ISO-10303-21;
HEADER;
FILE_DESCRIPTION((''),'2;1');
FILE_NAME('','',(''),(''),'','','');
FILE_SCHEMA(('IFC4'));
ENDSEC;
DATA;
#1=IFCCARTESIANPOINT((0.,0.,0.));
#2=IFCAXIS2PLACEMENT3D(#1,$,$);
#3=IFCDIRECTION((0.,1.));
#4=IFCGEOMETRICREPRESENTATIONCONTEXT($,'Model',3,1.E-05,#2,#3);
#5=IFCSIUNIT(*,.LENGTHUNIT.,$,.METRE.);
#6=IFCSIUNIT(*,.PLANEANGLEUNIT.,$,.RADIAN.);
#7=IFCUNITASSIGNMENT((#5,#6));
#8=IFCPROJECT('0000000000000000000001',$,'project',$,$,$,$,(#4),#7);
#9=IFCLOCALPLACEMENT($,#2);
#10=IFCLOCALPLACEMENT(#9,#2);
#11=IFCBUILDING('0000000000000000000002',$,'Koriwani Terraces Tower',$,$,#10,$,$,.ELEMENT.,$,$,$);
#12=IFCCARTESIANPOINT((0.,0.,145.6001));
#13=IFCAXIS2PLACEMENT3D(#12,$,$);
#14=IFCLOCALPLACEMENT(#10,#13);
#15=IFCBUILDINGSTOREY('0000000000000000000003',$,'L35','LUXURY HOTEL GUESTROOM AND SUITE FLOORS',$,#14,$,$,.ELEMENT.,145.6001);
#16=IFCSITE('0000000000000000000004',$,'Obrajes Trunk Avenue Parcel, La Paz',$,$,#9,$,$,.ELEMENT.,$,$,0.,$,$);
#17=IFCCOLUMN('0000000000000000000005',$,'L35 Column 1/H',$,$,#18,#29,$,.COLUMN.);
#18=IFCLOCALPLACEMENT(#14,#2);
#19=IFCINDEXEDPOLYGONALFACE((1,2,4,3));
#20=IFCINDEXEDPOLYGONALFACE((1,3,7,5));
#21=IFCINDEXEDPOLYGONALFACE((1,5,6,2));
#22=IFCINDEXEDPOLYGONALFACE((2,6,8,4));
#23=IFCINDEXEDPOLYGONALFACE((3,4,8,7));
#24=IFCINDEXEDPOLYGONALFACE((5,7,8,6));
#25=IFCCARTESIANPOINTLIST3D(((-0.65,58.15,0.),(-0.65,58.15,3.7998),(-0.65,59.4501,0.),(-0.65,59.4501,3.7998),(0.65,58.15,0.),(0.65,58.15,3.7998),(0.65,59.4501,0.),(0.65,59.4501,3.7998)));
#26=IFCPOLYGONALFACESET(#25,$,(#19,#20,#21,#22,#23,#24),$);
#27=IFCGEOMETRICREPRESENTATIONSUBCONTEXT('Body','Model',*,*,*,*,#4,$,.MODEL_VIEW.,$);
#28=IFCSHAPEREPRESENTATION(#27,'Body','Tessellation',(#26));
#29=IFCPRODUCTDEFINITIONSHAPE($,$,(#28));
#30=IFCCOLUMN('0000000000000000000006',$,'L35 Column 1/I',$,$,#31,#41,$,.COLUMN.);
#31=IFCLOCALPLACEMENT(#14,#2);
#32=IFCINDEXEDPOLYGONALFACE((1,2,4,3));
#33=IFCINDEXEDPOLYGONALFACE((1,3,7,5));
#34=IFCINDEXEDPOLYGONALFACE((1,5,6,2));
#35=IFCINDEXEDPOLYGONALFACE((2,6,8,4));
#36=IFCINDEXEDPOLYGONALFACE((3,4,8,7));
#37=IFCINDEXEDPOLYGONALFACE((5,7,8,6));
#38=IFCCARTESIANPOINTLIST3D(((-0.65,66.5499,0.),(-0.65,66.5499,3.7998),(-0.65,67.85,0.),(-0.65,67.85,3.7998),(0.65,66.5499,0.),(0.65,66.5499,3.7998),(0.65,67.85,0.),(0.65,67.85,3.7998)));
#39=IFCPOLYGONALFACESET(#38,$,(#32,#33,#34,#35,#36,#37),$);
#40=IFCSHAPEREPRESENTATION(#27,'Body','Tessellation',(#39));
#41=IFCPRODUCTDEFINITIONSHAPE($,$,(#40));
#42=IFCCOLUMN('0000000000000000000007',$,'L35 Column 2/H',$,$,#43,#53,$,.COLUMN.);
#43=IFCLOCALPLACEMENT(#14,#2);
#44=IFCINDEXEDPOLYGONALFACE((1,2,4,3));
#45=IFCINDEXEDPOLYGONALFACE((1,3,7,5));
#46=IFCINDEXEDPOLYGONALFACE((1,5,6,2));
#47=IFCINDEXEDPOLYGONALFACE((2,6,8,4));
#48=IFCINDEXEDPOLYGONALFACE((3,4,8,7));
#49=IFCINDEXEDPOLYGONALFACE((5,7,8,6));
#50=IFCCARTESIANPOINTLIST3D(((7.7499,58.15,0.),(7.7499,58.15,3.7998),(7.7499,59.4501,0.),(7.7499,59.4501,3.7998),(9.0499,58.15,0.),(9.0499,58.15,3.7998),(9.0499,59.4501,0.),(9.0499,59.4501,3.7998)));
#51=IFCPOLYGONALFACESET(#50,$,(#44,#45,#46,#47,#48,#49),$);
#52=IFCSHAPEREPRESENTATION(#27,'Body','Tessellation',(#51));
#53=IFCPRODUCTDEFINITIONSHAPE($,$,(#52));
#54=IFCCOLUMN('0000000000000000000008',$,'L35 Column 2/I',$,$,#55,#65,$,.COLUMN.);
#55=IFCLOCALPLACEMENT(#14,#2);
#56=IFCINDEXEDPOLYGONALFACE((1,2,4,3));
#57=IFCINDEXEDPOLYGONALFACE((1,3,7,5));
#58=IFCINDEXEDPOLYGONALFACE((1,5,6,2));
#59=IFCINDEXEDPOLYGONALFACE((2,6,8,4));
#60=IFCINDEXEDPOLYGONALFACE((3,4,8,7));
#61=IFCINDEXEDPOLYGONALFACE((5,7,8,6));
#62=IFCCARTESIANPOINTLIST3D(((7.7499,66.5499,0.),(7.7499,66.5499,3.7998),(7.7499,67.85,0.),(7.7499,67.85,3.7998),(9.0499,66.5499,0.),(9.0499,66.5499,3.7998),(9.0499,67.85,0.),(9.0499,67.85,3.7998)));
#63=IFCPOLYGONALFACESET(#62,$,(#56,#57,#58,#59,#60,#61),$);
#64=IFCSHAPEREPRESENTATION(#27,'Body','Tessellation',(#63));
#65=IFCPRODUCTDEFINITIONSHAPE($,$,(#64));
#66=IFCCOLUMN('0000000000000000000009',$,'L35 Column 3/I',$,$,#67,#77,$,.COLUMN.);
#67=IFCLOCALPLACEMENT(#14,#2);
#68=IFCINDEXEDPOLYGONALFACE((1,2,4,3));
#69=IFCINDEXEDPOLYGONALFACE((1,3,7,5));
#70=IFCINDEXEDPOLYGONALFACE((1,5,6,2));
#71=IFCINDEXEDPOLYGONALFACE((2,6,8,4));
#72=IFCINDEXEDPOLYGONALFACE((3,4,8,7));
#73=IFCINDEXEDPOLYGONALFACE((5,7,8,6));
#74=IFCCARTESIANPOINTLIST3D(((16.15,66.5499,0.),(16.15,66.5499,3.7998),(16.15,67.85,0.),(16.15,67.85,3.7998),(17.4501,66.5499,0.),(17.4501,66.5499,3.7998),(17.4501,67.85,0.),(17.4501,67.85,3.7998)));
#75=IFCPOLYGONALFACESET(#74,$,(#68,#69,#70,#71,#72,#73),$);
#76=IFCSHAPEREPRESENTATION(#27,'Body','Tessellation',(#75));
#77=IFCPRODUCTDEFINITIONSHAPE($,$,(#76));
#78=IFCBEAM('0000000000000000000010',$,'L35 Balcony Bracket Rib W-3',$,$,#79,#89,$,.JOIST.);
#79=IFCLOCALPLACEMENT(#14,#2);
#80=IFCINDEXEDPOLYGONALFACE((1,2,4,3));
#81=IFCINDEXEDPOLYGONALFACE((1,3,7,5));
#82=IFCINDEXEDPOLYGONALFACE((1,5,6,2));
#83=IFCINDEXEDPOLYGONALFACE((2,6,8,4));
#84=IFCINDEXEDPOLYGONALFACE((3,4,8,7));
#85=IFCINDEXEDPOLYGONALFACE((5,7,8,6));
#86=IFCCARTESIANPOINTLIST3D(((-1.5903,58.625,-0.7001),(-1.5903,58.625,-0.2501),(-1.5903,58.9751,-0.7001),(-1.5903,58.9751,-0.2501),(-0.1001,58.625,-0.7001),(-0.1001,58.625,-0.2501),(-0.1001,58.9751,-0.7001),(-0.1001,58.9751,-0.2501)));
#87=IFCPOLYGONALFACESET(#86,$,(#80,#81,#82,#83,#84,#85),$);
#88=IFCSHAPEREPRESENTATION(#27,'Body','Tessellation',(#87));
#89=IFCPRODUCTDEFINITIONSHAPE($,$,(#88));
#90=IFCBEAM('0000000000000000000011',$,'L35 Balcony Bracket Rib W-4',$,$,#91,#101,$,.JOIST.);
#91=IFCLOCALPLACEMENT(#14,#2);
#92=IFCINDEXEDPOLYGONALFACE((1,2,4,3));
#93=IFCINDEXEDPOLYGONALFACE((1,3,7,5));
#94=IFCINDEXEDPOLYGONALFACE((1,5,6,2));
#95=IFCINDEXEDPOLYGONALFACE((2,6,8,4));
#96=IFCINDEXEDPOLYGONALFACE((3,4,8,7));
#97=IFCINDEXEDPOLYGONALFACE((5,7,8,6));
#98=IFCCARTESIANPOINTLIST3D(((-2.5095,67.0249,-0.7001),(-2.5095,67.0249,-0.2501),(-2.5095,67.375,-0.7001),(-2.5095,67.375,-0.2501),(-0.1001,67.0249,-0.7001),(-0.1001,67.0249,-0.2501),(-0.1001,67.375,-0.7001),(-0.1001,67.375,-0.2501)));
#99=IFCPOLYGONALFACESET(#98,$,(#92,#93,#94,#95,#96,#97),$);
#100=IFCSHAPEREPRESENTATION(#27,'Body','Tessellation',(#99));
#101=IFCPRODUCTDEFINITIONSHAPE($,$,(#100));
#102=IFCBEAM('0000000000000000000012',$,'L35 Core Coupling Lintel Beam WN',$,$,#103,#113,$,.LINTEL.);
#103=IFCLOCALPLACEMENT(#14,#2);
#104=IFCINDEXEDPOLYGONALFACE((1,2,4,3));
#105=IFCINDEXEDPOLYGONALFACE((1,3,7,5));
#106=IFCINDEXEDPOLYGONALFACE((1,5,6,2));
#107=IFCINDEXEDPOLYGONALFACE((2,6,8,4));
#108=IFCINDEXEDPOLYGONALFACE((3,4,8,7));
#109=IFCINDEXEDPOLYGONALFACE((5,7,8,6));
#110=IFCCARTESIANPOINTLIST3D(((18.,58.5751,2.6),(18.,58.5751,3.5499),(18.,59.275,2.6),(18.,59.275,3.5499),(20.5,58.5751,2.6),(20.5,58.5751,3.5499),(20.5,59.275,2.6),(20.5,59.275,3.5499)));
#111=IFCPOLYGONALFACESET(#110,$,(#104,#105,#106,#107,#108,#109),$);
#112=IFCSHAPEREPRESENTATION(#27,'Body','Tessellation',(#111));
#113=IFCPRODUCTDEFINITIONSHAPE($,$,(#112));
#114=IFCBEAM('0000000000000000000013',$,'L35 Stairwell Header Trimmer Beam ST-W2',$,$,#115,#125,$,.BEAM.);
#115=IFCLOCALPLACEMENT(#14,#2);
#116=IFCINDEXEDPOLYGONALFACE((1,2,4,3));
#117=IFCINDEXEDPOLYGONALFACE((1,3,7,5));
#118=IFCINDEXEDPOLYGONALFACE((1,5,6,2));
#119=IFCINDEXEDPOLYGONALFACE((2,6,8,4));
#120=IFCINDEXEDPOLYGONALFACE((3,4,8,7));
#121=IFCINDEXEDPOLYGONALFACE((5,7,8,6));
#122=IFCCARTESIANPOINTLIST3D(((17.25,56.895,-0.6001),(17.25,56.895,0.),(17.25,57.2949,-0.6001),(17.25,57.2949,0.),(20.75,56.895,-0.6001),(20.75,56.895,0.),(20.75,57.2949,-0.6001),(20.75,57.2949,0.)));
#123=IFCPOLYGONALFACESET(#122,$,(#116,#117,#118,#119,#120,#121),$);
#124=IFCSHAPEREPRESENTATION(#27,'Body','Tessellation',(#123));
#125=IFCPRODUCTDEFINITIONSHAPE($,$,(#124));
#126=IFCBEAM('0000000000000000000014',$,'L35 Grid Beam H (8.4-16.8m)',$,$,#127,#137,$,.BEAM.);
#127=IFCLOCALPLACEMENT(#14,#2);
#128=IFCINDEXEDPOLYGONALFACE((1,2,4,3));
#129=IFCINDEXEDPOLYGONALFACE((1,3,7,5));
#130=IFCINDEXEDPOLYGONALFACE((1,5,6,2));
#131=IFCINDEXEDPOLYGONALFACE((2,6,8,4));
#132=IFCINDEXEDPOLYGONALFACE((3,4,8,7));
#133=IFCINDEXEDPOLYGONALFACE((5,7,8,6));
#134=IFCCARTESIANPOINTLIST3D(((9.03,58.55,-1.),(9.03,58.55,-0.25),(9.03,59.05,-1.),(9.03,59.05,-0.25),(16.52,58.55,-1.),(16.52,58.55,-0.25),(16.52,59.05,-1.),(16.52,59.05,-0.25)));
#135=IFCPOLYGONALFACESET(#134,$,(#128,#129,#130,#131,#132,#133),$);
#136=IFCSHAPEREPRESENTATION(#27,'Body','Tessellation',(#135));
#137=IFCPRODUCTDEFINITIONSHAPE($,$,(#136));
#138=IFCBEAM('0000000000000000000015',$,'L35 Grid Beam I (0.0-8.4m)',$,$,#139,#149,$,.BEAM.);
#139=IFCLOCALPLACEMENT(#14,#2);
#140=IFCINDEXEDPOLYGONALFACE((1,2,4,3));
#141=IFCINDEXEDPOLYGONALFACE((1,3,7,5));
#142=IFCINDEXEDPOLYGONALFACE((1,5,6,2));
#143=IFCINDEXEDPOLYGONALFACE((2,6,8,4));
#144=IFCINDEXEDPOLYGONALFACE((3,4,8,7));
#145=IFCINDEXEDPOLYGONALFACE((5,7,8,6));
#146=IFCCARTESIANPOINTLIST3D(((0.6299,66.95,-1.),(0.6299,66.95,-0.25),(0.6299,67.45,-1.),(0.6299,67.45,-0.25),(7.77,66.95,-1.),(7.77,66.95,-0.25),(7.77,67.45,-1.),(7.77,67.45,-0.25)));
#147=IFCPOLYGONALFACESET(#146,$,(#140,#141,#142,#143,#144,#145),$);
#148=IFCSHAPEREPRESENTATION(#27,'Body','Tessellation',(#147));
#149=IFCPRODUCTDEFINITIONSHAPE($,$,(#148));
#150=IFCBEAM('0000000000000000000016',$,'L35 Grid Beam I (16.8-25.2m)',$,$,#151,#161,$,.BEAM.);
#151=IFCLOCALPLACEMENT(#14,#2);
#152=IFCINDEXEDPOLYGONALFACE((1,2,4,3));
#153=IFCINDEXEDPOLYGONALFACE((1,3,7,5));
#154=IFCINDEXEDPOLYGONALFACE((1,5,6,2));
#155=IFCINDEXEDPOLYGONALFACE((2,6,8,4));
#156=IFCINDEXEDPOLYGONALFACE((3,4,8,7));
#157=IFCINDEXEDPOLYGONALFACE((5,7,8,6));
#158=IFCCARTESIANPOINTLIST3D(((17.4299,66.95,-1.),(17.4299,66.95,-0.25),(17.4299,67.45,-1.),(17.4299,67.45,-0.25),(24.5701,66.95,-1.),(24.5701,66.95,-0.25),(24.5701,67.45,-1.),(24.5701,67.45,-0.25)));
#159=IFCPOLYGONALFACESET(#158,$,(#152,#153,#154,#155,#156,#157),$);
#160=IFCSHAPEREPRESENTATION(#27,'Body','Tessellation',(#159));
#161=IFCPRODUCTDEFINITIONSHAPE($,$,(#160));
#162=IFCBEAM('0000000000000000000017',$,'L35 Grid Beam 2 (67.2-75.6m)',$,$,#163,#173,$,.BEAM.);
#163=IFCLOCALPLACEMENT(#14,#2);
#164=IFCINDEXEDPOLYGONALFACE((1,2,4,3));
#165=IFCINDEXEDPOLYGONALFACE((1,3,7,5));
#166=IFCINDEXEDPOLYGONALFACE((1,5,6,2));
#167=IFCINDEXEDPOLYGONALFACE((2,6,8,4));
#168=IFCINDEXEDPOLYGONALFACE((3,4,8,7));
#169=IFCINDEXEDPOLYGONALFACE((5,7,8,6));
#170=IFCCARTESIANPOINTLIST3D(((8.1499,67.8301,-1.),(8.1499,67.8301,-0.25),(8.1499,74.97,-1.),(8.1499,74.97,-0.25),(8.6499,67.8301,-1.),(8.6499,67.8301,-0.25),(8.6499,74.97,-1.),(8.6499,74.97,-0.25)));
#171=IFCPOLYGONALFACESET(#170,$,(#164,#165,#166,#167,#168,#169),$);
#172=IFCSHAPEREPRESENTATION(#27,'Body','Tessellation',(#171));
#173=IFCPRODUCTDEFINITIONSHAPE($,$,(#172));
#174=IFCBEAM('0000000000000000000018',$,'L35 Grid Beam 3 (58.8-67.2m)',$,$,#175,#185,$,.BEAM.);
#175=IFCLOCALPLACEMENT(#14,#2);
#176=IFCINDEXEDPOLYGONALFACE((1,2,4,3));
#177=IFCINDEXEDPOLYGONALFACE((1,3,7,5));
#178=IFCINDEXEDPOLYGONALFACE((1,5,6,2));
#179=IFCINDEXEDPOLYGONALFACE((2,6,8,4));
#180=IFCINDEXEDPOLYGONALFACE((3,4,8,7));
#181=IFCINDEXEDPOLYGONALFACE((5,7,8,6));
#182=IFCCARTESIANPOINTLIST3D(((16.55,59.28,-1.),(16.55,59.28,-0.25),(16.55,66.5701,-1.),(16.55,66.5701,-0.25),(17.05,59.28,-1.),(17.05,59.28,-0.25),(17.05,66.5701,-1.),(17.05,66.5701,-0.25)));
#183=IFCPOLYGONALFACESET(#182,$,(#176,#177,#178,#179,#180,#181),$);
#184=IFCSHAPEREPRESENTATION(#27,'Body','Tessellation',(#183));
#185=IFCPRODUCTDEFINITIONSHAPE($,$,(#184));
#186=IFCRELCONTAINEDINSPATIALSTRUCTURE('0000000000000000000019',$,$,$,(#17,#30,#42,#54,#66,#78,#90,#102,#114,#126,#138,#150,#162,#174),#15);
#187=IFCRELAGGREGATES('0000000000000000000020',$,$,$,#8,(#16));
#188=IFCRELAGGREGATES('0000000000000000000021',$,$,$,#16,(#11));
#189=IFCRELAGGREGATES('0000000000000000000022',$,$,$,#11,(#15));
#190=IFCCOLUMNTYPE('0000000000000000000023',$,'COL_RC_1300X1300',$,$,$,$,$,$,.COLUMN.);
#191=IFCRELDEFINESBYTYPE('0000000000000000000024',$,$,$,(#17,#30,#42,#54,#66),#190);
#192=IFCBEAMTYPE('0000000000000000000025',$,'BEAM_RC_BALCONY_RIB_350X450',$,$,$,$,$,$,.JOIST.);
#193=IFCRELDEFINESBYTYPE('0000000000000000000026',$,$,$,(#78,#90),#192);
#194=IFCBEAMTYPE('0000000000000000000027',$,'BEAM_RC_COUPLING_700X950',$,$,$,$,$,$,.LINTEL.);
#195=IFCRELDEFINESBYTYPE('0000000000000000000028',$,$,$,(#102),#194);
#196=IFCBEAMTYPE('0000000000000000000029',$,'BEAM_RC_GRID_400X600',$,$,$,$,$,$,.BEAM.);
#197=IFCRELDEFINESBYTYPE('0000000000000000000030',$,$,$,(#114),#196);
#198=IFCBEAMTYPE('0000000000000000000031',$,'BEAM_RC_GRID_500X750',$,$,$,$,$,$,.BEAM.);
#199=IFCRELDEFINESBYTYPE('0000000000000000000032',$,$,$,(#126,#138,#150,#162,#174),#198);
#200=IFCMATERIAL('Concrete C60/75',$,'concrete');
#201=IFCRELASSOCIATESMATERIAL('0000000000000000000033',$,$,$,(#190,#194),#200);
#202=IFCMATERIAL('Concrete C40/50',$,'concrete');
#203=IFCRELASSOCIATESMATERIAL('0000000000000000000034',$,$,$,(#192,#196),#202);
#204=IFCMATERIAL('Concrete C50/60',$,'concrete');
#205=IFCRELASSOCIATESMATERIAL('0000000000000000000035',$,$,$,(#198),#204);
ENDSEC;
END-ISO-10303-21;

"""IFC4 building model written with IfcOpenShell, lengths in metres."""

from ifc_helpers import new_model, si_unit, direction, frame, origin, origin_2d, place, context, subcontext, project, spatial, rectangle, extrude, material, material_profile, profile_set, type_object, element, save


model = new_model("IFC4")

# Units and contexts
model_context = context("Model", 3, precision=1e-05, world=origin(), true_north=direction((0.0, 1.0)))
body_context = subcontext(model_context, "Body", "Model", "MODEL_VIEW")
ifc_project = project(units=[si_unit("LENGTHUNIT", "METRE"), si_unit("PLANEANGLEUNIT", "RADIAN")], contexts=[model_context])

# Site, building, storey
site_placement = place(None, origin())
site = spatial("IfcSite", under=ifc_project, at=site_placement, Name="Obrajes Trunk Avenue Parcel, La Paz", CompositionType="ELEMENT", RefElevation=0.0)
building_placement = place(site_placement, origin())
building = spatial("IfcBuilding", under=site, at=building_placement, Name="Koriwani Terraces Tower", CompositionType="ELEMENT")
storey_placement = place(building_placement, frame((0.0, 0.0, 145.6001)))
storey = spatial("IfcBuildingStorey", under=building, at=storey_placement, Name="L35", Description="LUXURY HOTEL GUESTROOM AND SUITE FLOORS", CompositionType="ELEMENT", Elevation=145.6001)

# Columns
ifc_material_1 = material(Name="Concrete C60/75", Category="concrete")
ifc_material_profile_1 = material_profile(ifc_material_1, rectangle(XDim=1.3, YDim=1.3, at=origin_2d()), Name="Concrete C60/75", Category="LoadBearing")
ifc_profile_set_1 = profile_set([ifc_material_profile_1], Name="Concrete C60/75")
column_type = type_object("IfcColumnType", Name="COL_RC_1300X1300", PredefinedType="COLUMN", material=ifc_profile_set_1)
for number, where, z_axis, x_axis, name in (
    (1, (0.0, 58.8, 0.0), (0.0, 0.0, 1.0), (1.0, 0.0, 0.0), "L35 Column 1/H"),
    (2, (0.0, 67.2, 0.0), (0.0, 0.0, 1.0), (1.0, 0.0, 0.0), "L35 Column 1/I"),
    (3, (8.3999, 58.8, 0.0), (0.0, 0.0, 1.0), (1.0, 0.0, 0.0), "L35 Column 2/H"),
    (4, (8.3999, 67.2, 0.0), (0.0, 0.0, 1.0), (1.0, 0.0, 0.0), "L35 Column 2/I"),
    (5, (16.8, 67.2, 0.0), (0.0, 0.0, 1.0), (1.0, 0.0, 0.0), "L35 Column 3/I"),
):
    element("IfcColumn", number, at=place(storey_placement, frame(where, z_axis=z_axis, x_axis=x_axis)), inside=storey, type_object=column_type, Name=name, PredefinedType="COLUMN", context=body_context, shape_type="SweptSolid", body=[
        extrude(rectangle(XDim=1.3, YDim=1.3, at=origin_2d()), origin(), (0.0, 0.0, 1.0), 3.7998),
    ])

# Beams
ifc_material_2 = material(Name="Concrete C40/50", Category="concrete")
ifc_material_profile_2 = material_profile(ifc_material_2, rectangle(XDim=0.3501, YDim=0.45, at=origin_2d()), Name="Concrete C40/50", Category="LoadBearing")
ifc_profile_set_2 = profile_set([ifc_material_profile_2], Name="Concrete C40/50")
beam_type_1 = type_object("IfcBeamType", Name="BEAM_RC_BALCONY_RIB_350X450", PredefinedType="JOIST", material=ifc_profile_set_2)
beam_1_placement = place(storey_placement, frame((-1.5903, 58.8, -0.4751), z_axis=(1.0, 0.0, 0.0), x_axis=(0.0, 1.0, 0.0)))
element("IfcBeam", 6, at=beam_1_placement, inside=storey, type_object=beam_type_1, Name="L35 Balcony Bracket Rib W-3", PredefinedType="JOIST", context=body_context, shape_type="SweptSolid", body=[
    extrude(rectangle(XDim=0.3501, YDim=0.45, at=origin_2d()), origin(), (0.0, 0.0, 1.0), 1.4902),
])
beam_2_placement = place(storey_placement, frame((-2.5095, 67.2, -0.4751), z_axis=(1.0, 0.0, 0.0), x_axis=(0.0, 1.0, 0.0)))
element("IfcBeam", 7, at=beam_2_placement, inside=storey, type_object=beam_type_1, Name="L35 Balcony Bracket Rib W-4", PredefinedType="JOIST", context=body_context, shape_type="SweptSolid", body=[
    extrude(rectangle(XDim=0.3501, YDim=0.45, at=origin_2d()), origin(), (0.0, 0.0, 1.0), 2.4094),
])
ifc_material_profile_3 = material_profile(ifc_material_1, rectangle(XDim=0.7, YDim=0.95, at=origin_2d()), Name="Concrete C60/75", Category="LoadBearing")
ifc_profile_set_3 = profile_set([ifc_material_profile_3], Name="Concrete C60/75")
beam_type_2 = type_object("IfcBeamType", Name="BEAM_RC_COUPLING_700X950", PredefinedType="LINTEL", material=ifc_profile_set_3)
beam_3_placement = place(storey_placement, frame((18.0, 58.925, 3.075), z_axis=(1.0, 0.0, 0.0), x_axis=(0.0, 1.0, 0.0)))
element("IfcBeam", 8, at=beam_3_placement, inside=storey, type_object=beam_type_2, Name="L35 Core Coupling Lintel Beam WN", PredefinedType="LINTEL", context=body_context, shape_type="SweptSolid", body=[
    extrude(rectangle(XDim=0.7, YDim=0.95, at=origin_2d()), origin(), (0.0, 0.0, 1.0), 2.5),
])
ifc_material_profile_4 = material_profile(ifc_material_2, rectangle(XDim=0.3999, YDim=0.6001, at=origin_2d()), Name="Concrete C40/50", Category="LoadBearing")
ifc_profile_set_4 = profile_set([ifc_material_profile_4], Name="Concrete C40/50")
beam_type_3 = type_object("IfcBeamType", Name="BEAM_RC_GRID_400X600", PredefinedType="BEAM", material=ifc_profile_set_4)
beam_4_placement = place(storey_placement, frame((17.25, 57.095, -0.3), z_axis=(1.0, 0.0, 0.0), x_axis=(0.0, 1.0, 0.0)))
element("IfcBeam", 9, at=beam_4_placement, inside=storey, type_object=beam_type_3, Name="L35 Stairwell Header Trimmer Beam ST-W2", PredefinedType="BEAM", context=body_context, shape_type="SweptSolid", body=[
    extrude(rectangle(XDim=0.3999, YDim=0.6001, at=origin_2d()), origin(), (0.0, 0.0, 1.0), 3.5),
])
ifc_material_3 = material(Name="Concrete C50/60", Category="concrete")
ifc_material_profile_5 = material_profile(ifc_material_3, rectangle(XDim=0.5, YDim=0.75, at=origin_2d()), Name="Concrete C50/60", Category="LoadBearing")
ifc_profile_set_5 = profile_set([ifc_material_profile_5], Name="Concrete C50/60")
beam_type_4 = type_object("IfcBeamType", Name="BEAM_RC_GRID_500X750", PredefinedType="BEAM", material=ifc_profile_set_5)
beam_5_placement = place(storey_placement, frame((9.03, 58.8, -0.625), z_axis=(1.0, 0.0, 0.0), x_axis=(0.0, 1.0, 0.0)))
element("IfcBeam", 10, at=beam_5_placement, inside=storey, type_object=beam_type_4, Name="L35 Grid Beam H (8.4-16.8m)", PredefinedType="BEAM", context=body_context, shape_type="SweptSolid", body=[
    extrude(rectangle(XDim=0.5, YDim=0.75, at=origin_2d()), origin(), (0.0, 0.0, 1.0), 7.49),
])
for number, where, z_axis, x_axis, name in (
    (11, (0.6299, 67.2, -0.625), (1.0, 0.0, 0.0), (0.0, 1.0, 0.0), "L35 Grid Beam I (0.0-8.4m)"),
    (12, (17.4299, 67.2, -0.625), (1.0, 0.0, 0.0), (0.0, 1.0, 0.0), "L35 Grid Beam I (16.8-25.2m)"),
):
    element("IfcBeam", number, at=place(storey_placement, frame(where, z_axis=z_axis, x_axis=x_axis)), inside=storey, type_object=beam_type_4, Name=name, PredefinedType="BEAM", context=body_context, shape_type="SweptSolid", body=[
        extrude(rectangle(XDim=0.5, YDim=0.75, at=origin_2d()), origin(), (0.0, 0.0, 1.0), 7.1401),
    ])
beam_6_placement = place(storey_placement, frame((8.3999, 67.8301, -0.625), z_axis=(0.0, 1.0, 0.0), x_axis=(-1.0, 0.0, 0.0)))
element("IfcBeam", 13, at=beam_6_placement, inside=storey, type_object=beam_type_4, Name="L35 Grid Beam 2 (67.2-75.6m)", PredefinedType="BEAM", context=body_context, shape_type="SweptSolid", body=[
    extrude(rectangle(XDim=0.5, YDim=0.75, at=origin_2d()), origin(), (0.0, 0.0, 1.0), 7.1399),
])
beam_7_placement = place(storey_placement, frame((16.8, 59.28, -0.625), z_axis=(0.0, 1.0, 0.0), x_axis=(-1.0, 0.0, 0.0)))
element("IfcBeam", 14, at=beam_7_placement, inside=storey, type_object=beam_type_4, Name="L35 Grid Beam 3 (58.8-67.2m)", PredefinedType="BEAM", context=body_context, shape_type="SweptSolid", body=[
    extrude(rectangle(XDim=0.5, YDim=0.75, at=origin_2d()), origin(), (0.0, 0.0, 1.0), 7.29),
])

save(model, "model.ifc")
